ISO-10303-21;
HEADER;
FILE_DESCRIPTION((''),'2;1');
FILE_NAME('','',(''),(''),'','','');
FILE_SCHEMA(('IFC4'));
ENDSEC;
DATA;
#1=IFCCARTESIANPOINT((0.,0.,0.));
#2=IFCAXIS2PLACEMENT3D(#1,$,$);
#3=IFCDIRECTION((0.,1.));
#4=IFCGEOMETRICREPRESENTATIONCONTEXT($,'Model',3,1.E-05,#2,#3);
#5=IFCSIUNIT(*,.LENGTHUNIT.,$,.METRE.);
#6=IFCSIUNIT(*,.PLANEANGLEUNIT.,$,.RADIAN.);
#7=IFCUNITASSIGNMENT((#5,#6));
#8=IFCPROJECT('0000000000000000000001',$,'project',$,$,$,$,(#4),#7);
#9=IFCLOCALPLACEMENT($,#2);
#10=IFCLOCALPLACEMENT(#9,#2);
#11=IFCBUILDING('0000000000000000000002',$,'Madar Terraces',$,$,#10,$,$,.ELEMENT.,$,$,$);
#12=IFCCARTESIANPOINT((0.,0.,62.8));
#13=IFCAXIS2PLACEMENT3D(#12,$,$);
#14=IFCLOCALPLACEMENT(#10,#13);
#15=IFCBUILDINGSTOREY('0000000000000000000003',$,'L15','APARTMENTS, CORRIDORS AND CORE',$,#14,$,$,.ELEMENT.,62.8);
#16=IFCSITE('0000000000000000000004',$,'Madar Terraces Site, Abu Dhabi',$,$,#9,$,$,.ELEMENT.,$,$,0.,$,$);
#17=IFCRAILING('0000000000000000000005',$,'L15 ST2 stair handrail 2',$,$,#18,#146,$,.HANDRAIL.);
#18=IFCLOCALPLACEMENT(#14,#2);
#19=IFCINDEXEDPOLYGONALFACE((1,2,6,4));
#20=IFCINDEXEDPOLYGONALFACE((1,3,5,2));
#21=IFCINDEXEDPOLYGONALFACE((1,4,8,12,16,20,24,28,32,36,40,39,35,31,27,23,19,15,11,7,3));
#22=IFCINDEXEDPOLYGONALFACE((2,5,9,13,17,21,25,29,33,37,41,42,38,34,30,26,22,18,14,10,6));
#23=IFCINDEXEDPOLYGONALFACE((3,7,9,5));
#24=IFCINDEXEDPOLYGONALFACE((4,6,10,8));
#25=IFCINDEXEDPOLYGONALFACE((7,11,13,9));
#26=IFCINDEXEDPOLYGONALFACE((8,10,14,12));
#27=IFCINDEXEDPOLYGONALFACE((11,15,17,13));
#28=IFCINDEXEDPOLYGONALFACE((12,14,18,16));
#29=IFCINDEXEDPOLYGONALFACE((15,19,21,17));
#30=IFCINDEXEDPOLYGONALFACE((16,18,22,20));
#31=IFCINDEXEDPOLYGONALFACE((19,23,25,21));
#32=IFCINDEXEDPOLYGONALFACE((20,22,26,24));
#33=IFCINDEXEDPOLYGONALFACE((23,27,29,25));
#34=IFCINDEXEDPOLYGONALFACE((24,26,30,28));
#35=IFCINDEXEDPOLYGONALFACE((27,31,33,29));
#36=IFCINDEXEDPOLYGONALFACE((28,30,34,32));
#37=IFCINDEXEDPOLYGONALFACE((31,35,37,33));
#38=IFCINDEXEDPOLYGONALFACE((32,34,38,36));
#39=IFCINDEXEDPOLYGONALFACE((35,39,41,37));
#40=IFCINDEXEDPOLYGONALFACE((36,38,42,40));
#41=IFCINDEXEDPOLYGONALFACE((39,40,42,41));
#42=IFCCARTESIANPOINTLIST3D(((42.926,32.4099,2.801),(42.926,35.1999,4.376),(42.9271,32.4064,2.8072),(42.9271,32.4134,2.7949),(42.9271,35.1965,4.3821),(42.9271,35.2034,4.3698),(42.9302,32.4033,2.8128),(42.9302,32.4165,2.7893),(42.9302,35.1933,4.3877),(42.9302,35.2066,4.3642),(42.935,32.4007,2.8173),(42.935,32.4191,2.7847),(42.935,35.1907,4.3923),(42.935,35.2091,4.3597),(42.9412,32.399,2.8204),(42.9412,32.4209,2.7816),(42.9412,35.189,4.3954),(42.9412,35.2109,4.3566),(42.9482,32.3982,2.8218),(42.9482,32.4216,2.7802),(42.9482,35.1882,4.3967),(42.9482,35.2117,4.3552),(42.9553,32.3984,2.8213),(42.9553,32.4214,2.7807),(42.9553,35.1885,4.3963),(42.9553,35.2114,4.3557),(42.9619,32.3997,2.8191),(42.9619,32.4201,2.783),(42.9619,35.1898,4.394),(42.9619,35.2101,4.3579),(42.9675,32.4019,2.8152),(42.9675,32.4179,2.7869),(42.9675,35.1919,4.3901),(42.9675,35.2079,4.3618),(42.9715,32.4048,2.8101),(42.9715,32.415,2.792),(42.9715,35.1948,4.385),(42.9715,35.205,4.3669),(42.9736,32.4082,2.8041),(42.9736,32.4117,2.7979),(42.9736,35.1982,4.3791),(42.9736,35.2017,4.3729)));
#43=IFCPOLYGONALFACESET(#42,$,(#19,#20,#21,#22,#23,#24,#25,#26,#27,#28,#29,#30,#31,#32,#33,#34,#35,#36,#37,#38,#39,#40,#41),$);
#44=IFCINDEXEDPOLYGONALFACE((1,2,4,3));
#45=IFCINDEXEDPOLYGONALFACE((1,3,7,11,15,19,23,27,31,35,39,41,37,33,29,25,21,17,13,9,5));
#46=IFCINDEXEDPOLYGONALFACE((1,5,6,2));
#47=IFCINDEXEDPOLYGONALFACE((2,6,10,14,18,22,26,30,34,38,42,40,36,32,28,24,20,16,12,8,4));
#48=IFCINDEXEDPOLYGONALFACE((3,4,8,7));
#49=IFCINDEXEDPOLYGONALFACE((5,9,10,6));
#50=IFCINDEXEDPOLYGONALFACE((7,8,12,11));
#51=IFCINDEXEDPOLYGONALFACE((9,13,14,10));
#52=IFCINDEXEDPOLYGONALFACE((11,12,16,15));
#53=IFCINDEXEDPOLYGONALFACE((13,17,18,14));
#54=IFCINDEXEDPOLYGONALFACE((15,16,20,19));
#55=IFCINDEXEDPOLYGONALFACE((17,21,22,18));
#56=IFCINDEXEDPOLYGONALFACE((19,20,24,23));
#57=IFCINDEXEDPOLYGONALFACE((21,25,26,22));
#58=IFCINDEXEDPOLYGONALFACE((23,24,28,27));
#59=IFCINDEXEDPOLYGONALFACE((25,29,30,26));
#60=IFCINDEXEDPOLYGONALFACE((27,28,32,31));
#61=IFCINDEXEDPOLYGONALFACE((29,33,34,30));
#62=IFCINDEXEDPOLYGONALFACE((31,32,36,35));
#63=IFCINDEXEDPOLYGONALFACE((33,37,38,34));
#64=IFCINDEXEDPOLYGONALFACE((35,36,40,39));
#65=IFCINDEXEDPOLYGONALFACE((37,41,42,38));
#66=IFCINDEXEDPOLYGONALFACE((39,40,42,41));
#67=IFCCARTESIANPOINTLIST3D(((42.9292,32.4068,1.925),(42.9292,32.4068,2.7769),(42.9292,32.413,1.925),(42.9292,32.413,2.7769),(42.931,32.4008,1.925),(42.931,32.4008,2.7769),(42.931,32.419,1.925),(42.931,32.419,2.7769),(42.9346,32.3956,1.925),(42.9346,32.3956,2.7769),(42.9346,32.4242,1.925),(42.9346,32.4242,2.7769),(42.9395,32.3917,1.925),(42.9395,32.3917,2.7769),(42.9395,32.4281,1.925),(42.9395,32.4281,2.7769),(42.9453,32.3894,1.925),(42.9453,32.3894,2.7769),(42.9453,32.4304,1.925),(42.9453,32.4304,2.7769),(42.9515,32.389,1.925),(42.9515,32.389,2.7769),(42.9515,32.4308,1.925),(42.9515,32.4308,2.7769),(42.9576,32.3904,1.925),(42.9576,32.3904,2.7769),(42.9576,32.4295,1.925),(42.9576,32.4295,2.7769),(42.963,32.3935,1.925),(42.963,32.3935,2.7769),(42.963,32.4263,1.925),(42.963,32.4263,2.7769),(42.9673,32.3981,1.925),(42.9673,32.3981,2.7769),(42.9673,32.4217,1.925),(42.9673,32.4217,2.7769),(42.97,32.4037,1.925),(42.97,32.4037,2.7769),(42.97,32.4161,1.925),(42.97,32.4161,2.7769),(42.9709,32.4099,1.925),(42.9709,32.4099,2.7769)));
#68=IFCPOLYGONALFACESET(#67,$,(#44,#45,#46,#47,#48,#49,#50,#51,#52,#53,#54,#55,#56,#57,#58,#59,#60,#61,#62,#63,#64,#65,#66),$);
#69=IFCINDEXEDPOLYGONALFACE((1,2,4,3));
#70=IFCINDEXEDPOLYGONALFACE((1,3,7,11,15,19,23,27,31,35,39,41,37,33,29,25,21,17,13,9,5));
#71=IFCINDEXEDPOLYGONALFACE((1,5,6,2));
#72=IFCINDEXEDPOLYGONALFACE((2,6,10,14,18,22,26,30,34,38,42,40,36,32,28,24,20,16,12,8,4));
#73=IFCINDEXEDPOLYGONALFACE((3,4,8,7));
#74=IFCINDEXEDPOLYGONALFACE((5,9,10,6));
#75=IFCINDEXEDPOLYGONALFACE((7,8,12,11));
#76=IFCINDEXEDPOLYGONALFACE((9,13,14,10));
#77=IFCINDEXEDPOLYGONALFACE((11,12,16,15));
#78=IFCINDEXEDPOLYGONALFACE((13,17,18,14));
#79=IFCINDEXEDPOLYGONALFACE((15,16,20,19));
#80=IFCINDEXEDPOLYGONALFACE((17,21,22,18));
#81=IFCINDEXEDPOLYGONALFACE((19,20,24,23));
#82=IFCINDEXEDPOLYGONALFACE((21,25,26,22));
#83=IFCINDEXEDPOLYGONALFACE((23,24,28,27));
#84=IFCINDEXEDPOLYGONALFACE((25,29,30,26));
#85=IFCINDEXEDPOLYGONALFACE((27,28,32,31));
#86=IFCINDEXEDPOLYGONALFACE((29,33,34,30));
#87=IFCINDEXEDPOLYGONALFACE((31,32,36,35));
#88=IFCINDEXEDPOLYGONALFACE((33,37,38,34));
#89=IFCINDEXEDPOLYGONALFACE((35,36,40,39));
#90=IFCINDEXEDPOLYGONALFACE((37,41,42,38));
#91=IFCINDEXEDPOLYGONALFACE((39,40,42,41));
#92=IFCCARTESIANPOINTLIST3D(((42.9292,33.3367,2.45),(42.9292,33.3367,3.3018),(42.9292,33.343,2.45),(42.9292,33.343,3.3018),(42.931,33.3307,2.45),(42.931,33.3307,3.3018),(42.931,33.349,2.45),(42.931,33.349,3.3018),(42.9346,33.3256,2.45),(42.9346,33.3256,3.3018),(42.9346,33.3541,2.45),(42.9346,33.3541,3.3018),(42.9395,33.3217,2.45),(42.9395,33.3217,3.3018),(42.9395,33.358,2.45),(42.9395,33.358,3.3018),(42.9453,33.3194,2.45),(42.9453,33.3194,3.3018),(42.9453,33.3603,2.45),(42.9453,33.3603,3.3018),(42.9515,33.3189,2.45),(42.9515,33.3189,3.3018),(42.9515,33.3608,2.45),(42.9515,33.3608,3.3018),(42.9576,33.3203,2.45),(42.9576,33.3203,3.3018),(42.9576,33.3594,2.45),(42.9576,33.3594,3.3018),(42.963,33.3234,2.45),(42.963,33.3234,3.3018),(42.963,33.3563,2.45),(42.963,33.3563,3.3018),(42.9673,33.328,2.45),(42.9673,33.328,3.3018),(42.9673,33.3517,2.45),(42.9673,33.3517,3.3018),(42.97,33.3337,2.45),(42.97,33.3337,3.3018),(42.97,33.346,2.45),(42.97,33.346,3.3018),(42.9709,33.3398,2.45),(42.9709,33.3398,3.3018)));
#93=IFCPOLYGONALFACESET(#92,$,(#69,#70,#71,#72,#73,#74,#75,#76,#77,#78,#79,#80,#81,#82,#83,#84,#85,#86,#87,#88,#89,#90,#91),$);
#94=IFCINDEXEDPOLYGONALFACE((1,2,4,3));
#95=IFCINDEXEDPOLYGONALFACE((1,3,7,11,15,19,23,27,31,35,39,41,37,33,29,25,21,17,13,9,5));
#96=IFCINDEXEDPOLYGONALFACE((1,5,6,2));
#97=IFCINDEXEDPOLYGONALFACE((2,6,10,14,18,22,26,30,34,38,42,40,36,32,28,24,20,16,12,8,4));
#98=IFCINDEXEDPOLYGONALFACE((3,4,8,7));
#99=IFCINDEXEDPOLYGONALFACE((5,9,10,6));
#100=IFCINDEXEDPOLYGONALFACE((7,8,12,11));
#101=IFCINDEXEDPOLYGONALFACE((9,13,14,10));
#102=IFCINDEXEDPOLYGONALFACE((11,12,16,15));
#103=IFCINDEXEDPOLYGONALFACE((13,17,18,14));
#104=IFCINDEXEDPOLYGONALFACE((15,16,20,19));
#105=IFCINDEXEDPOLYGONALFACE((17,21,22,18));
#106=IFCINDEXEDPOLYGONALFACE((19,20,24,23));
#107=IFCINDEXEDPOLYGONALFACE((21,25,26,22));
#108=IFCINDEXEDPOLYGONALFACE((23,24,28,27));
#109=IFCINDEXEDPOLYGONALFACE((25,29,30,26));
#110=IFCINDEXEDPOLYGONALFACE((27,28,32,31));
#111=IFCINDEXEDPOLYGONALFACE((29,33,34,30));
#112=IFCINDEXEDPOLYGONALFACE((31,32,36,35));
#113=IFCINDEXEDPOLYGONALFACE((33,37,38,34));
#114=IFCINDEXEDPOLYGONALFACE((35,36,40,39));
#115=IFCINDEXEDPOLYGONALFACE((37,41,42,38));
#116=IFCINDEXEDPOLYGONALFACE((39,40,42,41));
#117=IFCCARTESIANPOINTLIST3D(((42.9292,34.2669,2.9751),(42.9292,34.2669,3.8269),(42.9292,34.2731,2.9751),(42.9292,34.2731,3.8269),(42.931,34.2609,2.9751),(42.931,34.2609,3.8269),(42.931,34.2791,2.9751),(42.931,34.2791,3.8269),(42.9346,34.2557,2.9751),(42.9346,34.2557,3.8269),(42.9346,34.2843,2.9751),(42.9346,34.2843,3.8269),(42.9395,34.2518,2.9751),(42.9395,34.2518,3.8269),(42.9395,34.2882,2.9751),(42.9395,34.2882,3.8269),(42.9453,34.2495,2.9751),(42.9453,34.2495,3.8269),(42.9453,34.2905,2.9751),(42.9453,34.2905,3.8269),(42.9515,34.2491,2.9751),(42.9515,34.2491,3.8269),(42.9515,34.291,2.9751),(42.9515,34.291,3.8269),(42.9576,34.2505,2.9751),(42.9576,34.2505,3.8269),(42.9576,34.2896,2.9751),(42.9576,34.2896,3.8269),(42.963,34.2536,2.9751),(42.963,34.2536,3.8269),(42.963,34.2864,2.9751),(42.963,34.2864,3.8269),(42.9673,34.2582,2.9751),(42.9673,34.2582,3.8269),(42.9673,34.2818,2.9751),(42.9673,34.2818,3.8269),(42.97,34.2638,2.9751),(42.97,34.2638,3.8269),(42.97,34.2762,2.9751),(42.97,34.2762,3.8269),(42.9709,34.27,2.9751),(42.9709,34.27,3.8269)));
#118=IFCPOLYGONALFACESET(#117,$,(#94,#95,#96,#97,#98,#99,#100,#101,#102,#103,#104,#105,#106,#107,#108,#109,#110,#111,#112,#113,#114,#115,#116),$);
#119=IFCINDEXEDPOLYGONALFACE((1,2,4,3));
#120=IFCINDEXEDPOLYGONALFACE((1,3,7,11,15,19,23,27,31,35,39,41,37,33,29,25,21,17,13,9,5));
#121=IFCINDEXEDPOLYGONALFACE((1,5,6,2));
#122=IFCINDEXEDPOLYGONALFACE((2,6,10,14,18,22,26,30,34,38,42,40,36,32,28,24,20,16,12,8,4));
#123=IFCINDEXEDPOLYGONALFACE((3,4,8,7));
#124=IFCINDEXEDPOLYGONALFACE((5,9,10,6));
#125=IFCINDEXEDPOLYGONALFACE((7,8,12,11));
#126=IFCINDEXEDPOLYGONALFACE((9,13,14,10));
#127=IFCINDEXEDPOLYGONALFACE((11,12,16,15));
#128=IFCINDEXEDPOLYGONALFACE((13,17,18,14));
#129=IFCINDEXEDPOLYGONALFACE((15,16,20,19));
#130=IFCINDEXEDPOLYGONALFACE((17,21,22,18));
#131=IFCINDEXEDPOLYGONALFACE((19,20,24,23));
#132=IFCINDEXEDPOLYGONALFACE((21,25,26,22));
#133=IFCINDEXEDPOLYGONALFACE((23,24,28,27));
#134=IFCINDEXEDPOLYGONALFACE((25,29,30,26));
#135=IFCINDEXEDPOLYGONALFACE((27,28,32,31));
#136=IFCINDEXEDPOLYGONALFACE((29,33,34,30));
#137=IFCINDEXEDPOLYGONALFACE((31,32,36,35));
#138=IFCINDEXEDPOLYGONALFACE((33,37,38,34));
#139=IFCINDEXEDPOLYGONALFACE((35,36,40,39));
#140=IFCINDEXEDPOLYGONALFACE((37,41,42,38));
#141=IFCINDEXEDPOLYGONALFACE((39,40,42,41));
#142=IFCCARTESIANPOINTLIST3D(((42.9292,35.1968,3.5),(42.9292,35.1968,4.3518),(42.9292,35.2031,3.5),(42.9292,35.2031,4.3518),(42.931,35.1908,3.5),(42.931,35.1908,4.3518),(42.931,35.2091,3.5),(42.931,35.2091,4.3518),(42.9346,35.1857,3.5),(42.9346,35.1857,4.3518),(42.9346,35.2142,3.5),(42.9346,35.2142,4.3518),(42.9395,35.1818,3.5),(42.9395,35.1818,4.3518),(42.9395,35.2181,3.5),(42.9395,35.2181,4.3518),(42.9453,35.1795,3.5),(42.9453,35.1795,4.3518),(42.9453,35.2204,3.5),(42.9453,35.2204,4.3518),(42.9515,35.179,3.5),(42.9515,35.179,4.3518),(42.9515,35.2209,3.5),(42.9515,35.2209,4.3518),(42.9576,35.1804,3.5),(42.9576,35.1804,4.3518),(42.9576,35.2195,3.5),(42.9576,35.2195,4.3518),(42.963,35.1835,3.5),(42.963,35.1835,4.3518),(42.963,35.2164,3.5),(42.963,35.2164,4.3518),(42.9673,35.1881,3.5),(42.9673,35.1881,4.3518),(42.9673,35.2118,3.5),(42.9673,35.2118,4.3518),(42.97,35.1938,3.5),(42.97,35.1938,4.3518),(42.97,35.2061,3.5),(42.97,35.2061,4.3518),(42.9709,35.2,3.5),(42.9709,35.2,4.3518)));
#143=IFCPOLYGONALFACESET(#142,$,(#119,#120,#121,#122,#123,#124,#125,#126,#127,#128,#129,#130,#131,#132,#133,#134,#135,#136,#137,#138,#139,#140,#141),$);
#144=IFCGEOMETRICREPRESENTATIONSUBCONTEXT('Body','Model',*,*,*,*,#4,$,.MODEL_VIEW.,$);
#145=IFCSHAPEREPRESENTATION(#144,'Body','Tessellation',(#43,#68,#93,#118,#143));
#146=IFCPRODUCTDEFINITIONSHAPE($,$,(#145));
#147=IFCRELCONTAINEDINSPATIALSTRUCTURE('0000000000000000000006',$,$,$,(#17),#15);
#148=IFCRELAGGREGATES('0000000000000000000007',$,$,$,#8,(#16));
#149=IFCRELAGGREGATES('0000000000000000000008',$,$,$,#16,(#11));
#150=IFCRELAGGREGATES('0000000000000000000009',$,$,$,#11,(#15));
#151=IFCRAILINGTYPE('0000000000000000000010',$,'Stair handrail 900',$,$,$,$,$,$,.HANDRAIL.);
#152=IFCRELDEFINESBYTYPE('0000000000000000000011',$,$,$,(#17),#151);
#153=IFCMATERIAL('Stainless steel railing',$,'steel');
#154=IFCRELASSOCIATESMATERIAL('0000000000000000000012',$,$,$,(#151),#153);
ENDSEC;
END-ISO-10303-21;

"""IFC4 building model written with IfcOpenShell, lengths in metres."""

from ifc_helpers import new_model, si_unit, direction, frame, origin, origin_2d, place, context, subcontext, project, spatial, circle, extrude, material, type_object, element, save


model = new_model("IFC4")

# Units and contexts
model_context = context("Model", 3, precision=1e-05, world=origin(), true_north=direction((0.0, 1.0)))
body_context = subcontext(model_context, "Body", "Model", "MODEL_VIEW")
ifc_project = project(units=[si_unit("LENGTHUNIT", "METRE"), si_unit("PLANEANGLEUNIT", "RADIAN")], contexts=[model_context])

# Site, building, storey
site_placement = place(None, origin())
site = spatial("IfcSite", under=ifc_project, at=site_placement, Name="Madar Terraces Site, Abu Dhabi", CompositionType="ELEMENT", RefElevation=0.0)
building_placement = place(site_placement, origin())
building = spatial("IfcBuilding", under=site, at=building_placement, Name="Madar Terraces", CompositionType="ELEMENT")
storey_placement = place(building_placement, frame((0.0, 0.0, 62.8)))
storey = spatial("IfcBuildingStorey", under=building, at=storey_placement, Name="L15", Description="APARTMENTS, CORRIDORS AND CORE", CompositionType="ELEMENT", Elevation=62.8)

# Railing
ifc_material_1 = material(Name="Stainless steel railing", Category="steel")
railing_type_1 = type_object("IfcRailingType", Name="Stair handrail 900", PredefinedType="HANDRAIL", material=ifc_material_1)
railing_1_placement = place(storey_placement, frame((42.95, 32.4099, 1.925)))
element("IfcRailing", 1, at=railing_1_placement, inside=storey, type_object=railing_type_1, Name="L15 ST2 stair handrail 2", PredefinedType="HANDRAIL", context=body_context, shape_type="SweptSolid", body=[
    extrude(circle(Radius=0.0239, at=origin_2d()), frame((0.0, 0.0, 0.876), z_axis=(0.0, 0.870834, 0.491578), x_axis=(-1.0, 0.0, 0.0)), (0.0, 0.0, 1.0), 3.2039),
    extrude(circle(Radius=0.021, at=origin_2d()), origin(), (0.0, 0.0, 1.0), 0.8518),
    extrude(circle(Radius=0.021, at=origin_2d()), frame((0.0, 0.9299, 0.5249)), (0.0, 0.0, 1.0), 0.8518),
    extrude(circle(Radius=0.021, at=origin_2d()), frame((0.0, 1.8601, 1.05)), (0.0, 0.0, 1.0), 0.8518),
    extrude(circle(Radius=0.021, at=origin_2d()), frame((0.0, 2.79, 1.575)), (0.0, 0.0, 1.0), 0.8518),
])

save(model, "model.ifc")
